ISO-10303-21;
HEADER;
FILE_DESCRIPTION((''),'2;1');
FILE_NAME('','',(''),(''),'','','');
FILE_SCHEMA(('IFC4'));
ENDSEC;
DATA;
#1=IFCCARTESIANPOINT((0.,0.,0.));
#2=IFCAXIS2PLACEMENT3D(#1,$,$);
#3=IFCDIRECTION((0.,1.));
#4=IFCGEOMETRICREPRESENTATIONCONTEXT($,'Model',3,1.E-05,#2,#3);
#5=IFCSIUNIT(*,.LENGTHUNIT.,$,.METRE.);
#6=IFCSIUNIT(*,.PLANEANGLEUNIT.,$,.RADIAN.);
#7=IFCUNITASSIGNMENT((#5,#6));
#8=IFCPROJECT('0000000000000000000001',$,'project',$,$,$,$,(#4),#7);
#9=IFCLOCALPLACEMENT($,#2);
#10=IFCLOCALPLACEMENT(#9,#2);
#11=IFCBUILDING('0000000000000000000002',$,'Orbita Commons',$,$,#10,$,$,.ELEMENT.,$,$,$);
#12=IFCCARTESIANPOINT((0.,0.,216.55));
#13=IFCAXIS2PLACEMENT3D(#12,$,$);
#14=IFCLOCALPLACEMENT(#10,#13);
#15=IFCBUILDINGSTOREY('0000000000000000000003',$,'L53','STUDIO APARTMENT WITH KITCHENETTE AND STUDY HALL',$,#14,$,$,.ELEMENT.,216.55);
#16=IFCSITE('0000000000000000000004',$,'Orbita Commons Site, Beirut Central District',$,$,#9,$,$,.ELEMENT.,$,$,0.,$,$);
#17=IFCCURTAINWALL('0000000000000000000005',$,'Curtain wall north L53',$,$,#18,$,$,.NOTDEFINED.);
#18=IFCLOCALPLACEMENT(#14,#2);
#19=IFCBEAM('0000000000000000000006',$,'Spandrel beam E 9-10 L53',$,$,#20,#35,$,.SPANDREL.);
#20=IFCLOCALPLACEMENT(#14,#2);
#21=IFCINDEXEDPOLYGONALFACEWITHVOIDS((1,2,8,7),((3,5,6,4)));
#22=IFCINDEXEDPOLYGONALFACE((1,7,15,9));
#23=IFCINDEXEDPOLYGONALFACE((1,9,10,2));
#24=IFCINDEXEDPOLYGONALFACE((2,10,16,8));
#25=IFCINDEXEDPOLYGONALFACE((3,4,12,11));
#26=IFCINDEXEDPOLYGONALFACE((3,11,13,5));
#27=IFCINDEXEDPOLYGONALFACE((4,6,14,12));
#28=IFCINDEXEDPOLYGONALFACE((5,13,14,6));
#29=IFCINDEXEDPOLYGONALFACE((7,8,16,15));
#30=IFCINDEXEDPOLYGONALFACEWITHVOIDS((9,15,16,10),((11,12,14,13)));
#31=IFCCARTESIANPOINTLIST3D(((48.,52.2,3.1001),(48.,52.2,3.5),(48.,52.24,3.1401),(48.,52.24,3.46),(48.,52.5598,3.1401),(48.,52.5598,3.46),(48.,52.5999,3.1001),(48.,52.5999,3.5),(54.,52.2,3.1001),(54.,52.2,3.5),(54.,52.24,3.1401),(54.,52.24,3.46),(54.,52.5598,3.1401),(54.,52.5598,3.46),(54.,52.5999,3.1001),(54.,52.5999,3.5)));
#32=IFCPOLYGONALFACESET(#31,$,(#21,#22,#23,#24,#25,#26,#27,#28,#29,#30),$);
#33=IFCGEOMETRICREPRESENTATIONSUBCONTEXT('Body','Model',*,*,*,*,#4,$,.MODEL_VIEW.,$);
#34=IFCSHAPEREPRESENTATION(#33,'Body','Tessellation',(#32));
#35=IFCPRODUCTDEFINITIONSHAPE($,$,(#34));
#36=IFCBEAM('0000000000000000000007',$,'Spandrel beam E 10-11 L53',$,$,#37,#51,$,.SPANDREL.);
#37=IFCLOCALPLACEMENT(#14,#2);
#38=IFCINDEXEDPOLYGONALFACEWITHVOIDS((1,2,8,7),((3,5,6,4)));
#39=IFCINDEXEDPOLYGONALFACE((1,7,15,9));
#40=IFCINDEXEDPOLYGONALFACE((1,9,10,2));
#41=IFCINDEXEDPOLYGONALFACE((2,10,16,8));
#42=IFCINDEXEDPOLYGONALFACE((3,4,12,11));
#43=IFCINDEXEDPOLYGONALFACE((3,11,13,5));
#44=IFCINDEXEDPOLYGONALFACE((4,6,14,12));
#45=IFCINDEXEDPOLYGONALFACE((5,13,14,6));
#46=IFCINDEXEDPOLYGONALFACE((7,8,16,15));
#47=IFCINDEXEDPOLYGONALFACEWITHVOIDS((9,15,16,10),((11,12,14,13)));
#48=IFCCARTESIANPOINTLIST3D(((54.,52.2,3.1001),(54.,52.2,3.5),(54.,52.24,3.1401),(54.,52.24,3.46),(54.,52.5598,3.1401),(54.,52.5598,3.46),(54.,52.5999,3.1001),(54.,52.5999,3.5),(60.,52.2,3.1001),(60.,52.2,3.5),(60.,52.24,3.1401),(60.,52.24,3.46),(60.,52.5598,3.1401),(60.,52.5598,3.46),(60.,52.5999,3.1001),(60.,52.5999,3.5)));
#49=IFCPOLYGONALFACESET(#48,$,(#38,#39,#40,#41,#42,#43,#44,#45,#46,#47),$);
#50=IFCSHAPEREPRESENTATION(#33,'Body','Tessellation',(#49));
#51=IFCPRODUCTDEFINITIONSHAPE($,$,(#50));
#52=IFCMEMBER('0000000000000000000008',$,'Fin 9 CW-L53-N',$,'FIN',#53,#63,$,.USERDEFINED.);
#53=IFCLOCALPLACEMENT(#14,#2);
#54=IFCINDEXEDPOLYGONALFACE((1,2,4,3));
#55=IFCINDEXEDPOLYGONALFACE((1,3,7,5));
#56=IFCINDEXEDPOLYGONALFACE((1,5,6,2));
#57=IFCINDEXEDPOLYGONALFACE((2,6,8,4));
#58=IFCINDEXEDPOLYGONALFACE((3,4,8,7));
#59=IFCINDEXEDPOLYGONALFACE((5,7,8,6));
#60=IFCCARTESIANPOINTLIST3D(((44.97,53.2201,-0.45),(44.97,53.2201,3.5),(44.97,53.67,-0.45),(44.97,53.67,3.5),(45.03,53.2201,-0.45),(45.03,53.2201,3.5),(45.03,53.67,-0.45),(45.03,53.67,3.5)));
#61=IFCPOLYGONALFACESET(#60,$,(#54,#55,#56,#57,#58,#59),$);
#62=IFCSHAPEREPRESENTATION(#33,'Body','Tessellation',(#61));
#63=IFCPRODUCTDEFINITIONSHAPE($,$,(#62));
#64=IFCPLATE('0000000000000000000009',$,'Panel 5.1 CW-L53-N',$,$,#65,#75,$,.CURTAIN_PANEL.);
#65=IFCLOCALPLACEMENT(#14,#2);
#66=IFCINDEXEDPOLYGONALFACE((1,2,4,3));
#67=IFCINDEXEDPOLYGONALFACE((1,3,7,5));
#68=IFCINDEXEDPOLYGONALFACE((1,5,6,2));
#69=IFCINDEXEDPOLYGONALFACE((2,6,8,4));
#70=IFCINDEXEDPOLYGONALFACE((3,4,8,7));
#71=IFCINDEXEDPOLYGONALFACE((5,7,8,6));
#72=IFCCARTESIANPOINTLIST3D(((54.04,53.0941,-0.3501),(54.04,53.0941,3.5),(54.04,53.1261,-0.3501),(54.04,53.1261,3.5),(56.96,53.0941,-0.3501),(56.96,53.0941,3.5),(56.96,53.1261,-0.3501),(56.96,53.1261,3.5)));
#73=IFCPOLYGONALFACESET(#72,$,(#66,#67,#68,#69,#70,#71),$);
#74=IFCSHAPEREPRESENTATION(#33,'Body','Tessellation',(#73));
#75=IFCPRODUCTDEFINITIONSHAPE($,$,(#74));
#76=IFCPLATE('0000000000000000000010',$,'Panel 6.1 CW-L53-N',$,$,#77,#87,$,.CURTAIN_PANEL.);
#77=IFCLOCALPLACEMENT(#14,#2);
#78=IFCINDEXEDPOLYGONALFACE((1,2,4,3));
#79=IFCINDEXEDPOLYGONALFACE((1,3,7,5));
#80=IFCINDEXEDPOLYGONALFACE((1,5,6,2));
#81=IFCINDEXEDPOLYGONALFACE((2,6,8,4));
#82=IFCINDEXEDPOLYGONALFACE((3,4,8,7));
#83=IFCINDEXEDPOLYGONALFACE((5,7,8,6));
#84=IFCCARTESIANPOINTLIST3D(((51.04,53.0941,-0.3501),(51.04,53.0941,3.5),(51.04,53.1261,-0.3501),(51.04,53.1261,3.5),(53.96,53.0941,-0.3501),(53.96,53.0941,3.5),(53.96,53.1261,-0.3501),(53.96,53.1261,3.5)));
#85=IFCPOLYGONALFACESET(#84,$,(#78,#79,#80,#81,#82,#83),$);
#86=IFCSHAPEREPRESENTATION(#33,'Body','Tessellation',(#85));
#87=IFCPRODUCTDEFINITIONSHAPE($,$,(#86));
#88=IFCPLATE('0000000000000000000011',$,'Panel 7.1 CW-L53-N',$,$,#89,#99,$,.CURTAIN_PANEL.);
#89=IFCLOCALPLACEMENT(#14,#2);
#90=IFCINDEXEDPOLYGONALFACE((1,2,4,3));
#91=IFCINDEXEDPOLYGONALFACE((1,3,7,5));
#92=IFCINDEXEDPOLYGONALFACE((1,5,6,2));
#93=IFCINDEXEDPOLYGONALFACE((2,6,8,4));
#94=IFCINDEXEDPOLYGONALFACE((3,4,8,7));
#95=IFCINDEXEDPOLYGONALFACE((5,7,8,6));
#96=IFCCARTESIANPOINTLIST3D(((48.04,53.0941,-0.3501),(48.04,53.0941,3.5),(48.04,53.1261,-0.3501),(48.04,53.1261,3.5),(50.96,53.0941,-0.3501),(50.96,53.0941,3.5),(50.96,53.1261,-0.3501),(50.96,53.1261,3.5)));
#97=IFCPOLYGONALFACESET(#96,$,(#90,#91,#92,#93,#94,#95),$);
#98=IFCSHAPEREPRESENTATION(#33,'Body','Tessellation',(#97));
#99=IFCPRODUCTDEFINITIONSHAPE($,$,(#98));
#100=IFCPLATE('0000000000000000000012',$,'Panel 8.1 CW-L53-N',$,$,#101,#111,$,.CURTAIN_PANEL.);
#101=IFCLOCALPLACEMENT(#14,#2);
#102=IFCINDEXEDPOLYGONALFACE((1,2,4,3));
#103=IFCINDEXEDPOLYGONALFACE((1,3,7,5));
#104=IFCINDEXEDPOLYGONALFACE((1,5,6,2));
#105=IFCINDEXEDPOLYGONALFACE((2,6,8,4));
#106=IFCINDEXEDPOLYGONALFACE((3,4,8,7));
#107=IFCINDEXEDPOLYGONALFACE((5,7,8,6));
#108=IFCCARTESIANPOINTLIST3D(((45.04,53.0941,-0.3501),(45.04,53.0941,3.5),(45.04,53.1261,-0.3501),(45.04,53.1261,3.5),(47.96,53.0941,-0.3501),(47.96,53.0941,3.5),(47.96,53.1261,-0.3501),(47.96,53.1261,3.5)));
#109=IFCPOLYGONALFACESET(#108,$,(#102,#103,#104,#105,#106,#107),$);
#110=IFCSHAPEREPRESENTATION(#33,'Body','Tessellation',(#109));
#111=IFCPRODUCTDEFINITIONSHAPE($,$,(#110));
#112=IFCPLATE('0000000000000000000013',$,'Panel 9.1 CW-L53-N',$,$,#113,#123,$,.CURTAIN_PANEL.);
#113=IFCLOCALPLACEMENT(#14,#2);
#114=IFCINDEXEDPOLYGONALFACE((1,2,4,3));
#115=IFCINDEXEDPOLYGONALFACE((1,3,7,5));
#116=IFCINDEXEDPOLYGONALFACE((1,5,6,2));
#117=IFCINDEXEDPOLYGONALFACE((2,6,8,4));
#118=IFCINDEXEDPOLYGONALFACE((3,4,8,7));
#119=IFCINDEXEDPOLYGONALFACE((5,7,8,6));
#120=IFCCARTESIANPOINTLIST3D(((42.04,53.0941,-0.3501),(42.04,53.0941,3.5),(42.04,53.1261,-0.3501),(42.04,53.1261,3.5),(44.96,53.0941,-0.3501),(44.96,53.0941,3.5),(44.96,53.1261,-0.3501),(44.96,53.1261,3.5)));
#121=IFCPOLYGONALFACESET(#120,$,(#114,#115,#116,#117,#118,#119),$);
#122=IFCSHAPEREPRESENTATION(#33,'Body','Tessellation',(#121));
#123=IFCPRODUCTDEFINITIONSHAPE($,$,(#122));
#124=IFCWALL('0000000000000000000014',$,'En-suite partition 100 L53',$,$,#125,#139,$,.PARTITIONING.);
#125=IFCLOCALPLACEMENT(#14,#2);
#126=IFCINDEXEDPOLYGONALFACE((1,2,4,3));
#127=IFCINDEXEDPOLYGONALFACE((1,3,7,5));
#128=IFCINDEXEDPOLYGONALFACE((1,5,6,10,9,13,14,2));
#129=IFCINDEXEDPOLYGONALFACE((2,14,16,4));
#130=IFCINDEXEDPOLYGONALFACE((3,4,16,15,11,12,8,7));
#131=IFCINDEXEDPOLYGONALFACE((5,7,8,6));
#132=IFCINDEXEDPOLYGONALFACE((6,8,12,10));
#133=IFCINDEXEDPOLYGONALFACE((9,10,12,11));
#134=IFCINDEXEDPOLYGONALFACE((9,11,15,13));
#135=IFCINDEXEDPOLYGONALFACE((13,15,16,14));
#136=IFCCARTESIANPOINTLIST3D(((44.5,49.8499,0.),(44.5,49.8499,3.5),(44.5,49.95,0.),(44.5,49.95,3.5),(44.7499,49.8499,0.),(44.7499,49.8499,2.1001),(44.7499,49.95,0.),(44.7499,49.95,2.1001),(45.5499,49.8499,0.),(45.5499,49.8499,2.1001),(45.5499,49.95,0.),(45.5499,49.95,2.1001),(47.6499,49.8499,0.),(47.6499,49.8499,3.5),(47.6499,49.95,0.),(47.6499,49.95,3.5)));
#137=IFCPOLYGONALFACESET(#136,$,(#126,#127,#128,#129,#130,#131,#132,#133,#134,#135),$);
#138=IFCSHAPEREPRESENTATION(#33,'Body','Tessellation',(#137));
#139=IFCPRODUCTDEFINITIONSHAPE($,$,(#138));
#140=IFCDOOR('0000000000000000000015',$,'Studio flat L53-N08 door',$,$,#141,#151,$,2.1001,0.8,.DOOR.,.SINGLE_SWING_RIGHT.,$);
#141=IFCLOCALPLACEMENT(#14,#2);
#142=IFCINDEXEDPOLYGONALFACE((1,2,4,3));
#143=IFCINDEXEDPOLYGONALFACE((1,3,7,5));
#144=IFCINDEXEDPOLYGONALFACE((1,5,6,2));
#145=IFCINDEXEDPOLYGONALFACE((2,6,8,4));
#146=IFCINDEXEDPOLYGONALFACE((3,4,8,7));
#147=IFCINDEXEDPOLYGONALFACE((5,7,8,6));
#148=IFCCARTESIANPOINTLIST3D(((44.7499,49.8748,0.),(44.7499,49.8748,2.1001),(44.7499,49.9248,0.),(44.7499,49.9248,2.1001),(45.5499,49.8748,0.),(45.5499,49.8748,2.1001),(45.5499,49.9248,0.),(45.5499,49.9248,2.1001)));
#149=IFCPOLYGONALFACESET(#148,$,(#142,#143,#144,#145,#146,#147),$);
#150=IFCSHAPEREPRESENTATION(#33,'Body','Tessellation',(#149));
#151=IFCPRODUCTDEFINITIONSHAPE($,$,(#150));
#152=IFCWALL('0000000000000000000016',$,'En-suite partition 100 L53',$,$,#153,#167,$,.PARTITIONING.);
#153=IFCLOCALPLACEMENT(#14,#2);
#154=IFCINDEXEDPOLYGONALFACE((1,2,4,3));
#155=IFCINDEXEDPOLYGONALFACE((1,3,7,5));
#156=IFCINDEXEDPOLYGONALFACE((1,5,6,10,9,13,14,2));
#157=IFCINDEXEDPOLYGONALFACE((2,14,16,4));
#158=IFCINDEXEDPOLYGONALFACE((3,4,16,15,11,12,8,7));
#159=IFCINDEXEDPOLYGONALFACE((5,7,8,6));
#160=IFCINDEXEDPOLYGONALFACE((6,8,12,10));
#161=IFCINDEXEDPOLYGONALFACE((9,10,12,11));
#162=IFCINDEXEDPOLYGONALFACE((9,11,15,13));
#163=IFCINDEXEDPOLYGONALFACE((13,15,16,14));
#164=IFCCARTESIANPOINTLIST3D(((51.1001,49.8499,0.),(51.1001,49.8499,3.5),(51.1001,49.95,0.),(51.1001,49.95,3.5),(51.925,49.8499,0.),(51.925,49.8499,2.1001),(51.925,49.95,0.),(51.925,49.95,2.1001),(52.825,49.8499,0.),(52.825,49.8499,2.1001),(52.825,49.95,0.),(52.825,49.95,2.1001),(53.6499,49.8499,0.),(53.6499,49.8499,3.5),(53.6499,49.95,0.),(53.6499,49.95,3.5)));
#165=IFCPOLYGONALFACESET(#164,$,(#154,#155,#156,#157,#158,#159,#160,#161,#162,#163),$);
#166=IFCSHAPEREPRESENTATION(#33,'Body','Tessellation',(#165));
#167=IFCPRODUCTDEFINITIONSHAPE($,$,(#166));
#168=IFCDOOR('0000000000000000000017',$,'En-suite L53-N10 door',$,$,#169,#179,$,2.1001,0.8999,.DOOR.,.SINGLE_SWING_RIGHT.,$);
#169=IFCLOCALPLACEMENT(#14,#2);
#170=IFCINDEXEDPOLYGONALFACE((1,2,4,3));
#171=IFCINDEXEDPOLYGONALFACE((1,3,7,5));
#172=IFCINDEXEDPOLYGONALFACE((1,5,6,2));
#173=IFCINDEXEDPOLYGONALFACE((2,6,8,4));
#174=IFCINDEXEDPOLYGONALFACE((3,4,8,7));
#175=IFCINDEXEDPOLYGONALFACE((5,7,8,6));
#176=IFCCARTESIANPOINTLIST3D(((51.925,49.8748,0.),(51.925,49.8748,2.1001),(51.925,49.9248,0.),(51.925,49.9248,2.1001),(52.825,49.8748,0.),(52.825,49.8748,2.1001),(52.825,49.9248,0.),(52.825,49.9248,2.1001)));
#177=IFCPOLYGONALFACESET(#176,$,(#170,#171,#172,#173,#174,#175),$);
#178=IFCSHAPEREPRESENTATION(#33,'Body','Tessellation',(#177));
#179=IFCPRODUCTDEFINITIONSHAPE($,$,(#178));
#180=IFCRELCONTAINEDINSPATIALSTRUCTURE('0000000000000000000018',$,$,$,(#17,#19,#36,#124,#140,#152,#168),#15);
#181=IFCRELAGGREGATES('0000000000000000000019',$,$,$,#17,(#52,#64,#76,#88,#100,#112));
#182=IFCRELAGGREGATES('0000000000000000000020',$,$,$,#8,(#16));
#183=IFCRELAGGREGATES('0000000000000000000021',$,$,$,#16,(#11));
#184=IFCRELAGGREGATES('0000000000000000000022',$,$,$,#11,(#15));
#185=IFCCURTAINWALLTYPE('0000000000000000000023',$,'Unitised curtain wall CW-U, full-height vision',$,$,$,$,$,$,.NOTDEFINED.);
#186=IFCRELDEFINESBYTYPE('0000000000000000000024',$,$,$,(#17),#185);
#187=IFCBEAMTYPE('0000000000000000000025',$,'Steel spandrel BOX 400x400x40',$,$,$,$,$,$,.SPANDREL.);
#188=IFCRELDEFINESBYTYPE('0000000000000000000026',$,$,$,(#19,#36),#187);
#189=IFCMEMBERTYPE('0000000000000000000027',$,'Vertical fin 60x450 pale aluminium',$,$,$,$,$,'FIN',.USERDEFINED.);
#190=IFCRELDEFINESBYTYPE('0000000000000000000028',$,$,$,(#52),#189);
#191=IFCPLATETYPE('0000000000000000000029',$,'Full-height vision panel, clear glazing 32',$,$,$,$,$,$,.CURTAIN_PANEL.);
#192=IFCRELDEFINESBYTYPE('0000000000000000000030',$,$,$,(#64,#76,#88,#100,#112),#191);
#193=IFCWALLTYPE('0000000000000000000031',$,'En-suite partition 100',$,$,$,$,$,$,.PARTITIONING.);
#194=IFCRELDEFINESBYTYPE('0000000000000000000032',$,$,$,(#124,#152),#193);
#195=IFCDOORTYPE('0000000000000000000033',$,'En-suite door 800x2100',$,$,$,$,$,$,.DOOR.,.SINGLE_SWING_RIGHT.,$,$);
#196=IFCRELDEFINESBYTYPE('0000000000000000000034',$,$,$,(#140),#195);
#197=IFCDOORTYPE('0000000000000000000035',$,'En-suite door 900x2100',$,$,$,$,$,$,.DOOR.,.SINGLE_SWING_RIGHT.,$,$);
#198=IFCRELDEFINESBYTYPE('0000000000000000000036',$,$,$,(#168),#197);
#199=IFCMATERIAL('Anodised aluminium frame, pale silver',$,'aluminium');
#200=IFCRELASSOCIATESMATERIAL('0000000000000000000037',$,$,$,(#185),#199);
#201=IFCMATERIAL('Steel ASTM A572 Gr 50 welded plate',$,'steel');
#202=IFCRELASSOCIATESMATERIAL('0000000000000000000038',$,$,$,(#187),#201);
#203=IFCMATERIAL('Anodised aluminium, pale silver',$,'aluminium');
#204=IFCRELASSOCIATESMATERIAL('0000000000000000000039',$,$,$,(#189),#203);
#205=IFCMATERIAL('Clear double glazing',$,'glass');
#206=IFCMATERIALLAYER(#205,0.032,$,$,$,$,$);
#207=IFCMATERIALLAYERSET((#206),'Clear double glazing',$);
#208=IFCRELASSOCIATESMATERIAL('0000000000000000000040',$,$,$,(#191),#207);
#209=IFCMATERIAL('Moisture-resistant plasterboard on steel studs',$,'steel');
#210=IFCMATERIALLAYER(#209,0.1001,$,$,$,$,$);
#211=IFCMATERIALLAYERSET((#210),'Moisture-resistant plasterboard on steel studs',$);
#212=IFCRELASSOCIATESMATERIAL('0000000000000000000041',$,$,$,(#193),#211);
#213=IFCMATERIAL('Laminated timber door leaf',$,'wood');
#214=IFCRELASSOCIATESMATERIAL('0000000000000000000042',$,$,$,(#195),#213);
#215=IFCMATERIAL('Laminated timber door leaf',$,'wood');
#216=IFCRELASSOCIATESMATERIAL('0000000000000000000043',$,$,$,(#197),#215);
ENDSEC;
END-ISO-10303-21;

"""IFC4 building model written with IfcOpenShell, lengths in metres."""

from ifc_helpers import new_model, si_unit, direction, frame, frame_2d, origin, origin_2d, place, context, subcontext, project, spatial, rectangle, hollow_rectangle, extrude, material, layer, layer_set, material_profile, profile_set, type_object, element, fill, aggregate, save


model = new_model("IFC4")

# Units and contexts
model_context = context("Model", 3, precision=1e-05, world=origin(), true_north=direction((0.0, 1.0)))
body_context = subcontext(model_context, "Body", "Model", "MODEL_VIEW")
ifc_project = project(units=[si_unit("LENGTHUNIT", "METRE"), si_unit("PLANEANGLEUNIT", "RADIAN")], contexts=[model_context])

# Site, building, storey
site_placement = place(None, origin())
site = spatial("IfcSite", under=ifc_project, at=site_placement, Name="Orbita Commons Site, Beirut Central District", CompositionType="ELEMENT", RefElevation=0.0)
building_placement = place(site_placement, origin())
building = spatial("IfcBuilding", under=site, at=building_placement, Name="Orbita Commons", CompositionType="ELEMENT")
storey_placement = place(building_placement, frame((0.0, 0.0, 216.55)))
storey = spatial("IfcBuildingStorey", under=building, at=storey_placement, Name="L53", Description="STUDIO APARTMENT WITH KITCHENETTE AND STUDY HALL", CompositionType="ELEMENT", Elevation=216.55)

# Curtain wall
ifc_material_1 = material(Name="Anodised aluminium frame, pale silver", Category="aluminium")
curtain_wall_type = type_object("IfcCurtainWallType", Name="Unitised curtain wall CW-U, full-height vision", PredefinedType="NOTDEFINED", material=ifc_material_1)
curtain_wall_placement = place(storey_placement, origin())
curtain_wall = element("IfcCurtainWall", 1, at=curtain_wall_placement, inside=storey, type_object=curtain_wall_type, Name="Curtain wall north L53", PredefinedType="NOTDEFINED")

# Beams
ifc_material_2 = material(Name="Steel ASTM A572 Gr 50 welded plate", Category="steel")
ifc_material_profile_1 = material_profile(ifc_material_2, hollow_rectangle(XDim=0.3999, YDim=0.3999, WallThickness=0.04, at=origin_2d()), Name="BOX 400x400x40")
ifc_profile_set_1 = profile_set([ifc_material_profile_1], Name="Steel ASTM A572 Gr 50 welded plate")
beam_type = type_object("IfcBeamType", Name="Steel spandrel BOX 400x400x40", PredefinedType="SPANDREL", material=ifc_profile_set_1)
for number, where, z_axis, x_axis, name in (
    (2, (48.0, 52.3999, 3.3), (1.0, 0.0, 0.0), (0.0, 1.0, 0.0), "Spandrel beam E 9-10 L53"),
    (3, (54.0, 52.3999, 3.3), (1.0, 0.0, 0.0), (0.0, 1.0, 0.0), "Spandrel beam E 10-11 L53"),
):
    element("IfcBeam", number, at=place(storey_placement, frame(where, z_axis=z_axis, x_axis=x_axis)), inside=storey, type_object=beam_type, Name=name, PredefinedType="SPANDREL", context=body_context, shape_type="SweptSolid", body=[
        extrude(hollow_rectangle(XDim=0.3999, YDim=0.3999, WallThickness=0.04, at=origin_2d()), origin(), (0.0, 0.0, 1.0), 6.0),
    ])

# Member
ifc_material_3 = material(Name="Anodised aluminium, pale silver", Category="aluminium")
ifc_material_profile_2 = material_profile(ifc_material_3, rectangle(XDim=0.0601, YDim=0.45, at=origin_2d()), Name="FIN 60x450")
ifc_profile_set_2 = profile_set([ifc_material_profile_2], Name="Anodised aluminium, pale silver")
member_type_1 = type_object("IfcMemberType", Name="Vertical fin 60x450 pale aluminium", ElementType="FIN", PredefinedType="USERDEFINED", material=ifc_profile_set_2)
member_1_placement = place(storey_placement, frame((45.0, 53.4451, -0.45), z_axis=(0.0, 0.0, 1.0), x_axis=(-1.0, 0.0, 0.0)))
member_1 = element("IfcMember", 4, at=member_1_placement, type_object=member_type_1, Name="Fin 9 CW-L53-N", ObjectType="FIN", PredefinedType="USERDEFINED", context=body_context, shape_type="SweptSolid", body=[
    extrude(rectangle(XDim=0.0601, YDim=0.45, at=origin_2d()), origin(), (0.0, 0.0, 1.0), 3.95),
])

# Plates
ifc_material_4 = material(Name="Clear double glazing", Category="glass")
ifc_layer_1 = layer(ifc_material_4, 0.032)
ifc_layer_set_1 = layer_set([ifc_layer_1], Name="Clear double glazing")
plate_type = type_object("IfcPlateType", Name="Full-height vision panel, clear glazing 32", PredefinedType="CURTAIN_PANEL", material=ifc_layer_set_1)
plate_1_placement = place(storey_placement, frame((55.5, 53.1101, -0.3501), z_axis=(0.0, 0.0, 1.0), x_axis=(-1.0, 0.0, 0.0)))
plate_1 = element("IfcPlate", 5, at=plate_1_placement, type_object=plate_type, Name="Panel 5.1 CW-L53-N", PredefinedType="CURTAIN_PANEL", context=body_context, shape_type="SweptSolid", body=[
    extrude(rectangle(XDim=2.9199, YDim=0.032, at=origin_2d()), origin(), (0.0, 0.0, 1.0), 3.8501),
])
plate_2_placement = place(storey_placement, frame((52.5, 53.1101, -0.3501), z_axis=(0.0, 0.0, 1.0), x_axis=(-1.0, 0.0, 0.0)))
plate_2 = element("IfcPlate", 6, at=plate_2_placement, type_object=plate_type, Name="Panel 6.1 CW-L53-N", PredefinedType="CURTAIN_PANEL", context=body_context, shape_type="SweptSolid", body=[
    extrude(rectangle(XDim=2.9199, YDim=0.032, at=origin_2d()), origin(), (0.0, 0.0, 1.0), 3.8501),
])
plate_3_placement = place(storey_placement, frame((49.5, 53.1101, -0.3501), z_axis=(0.0, 0.0, 1.0), x_axis=(-1.0, 0.0, 0.0)))
plate_3 = element("IfcPlate", 7, at=plate_3_placement, type_object=plate_type, Name="Panel 7.1 CW-L53-N", PredefinedType="CURTAIN_PANEL", context=body_context, shape_type="SweptSolid", body=[
    extrude(rectangle(XDim=2.9199, YDim=0.032, at=origin_2d()), origin(), (0.0, 0.0, 1.0), 3.8501),
])
plate_4_placement = place(storey_placement, frame((46.5, 53.1101, -0.3501), z_axis=(0.0, 0.0, 1.0), x_axis=(-1.0, 0.0, 0.0)))
plate_4 = element("IfcPlate", 8, at=plate_4_placement, type_object=plate_type, Name="Panel 8.1 CW-L53-N", PredefinedType="CURTAIN_PANEL", context=body_context, shape_type="SweptSolid", body=[
    extrude(rectangle(XDim=2.9199, YDim=0.032, at=origin_2d()), origin(), (0.0, 0.0, 1.0), 3.8501),
])
plate_5_placement = place(storey_placement, frame((43.5, 53.1101, -0.3501), z_axis=(0.0, 0.0, 1.0), x_axis=(-1.0, 0.0, 0.0)))
plate_5 = element("IfcPlate", 9, at=plate_5_placement, type_object=plate_type, Name="Panel 9.1 CW-L53-N", PredefinedType="CURTAIN_PANEL", context=body_context, shape_type="SweptSolid", body=[
    extrude(rectangle(XDim=2.9199, YDim=0.032, at=origin_2d()), origin(), (0.0, 0.0, 1.0), 3.8501),
])
aggregate(curtain_wall, [member_1, plate_1, plate_2, plate_3, plate_4, plate_5])

# Walls, openings, doors
ifc_material_5 = material(Name="Moisture-resistant plasterboard on steel studs", Category="steel")
ifc_layer_2 = layer(ifc_material_5, 0.1001)
ifc_layer_set_2 = layer_set([ifc_layer_2], Name="Moisture-resistant plasterboard on steel studs")
wall_type_1 = type_object("IfcWallType", Name="En-suite partition 100", PredefinedType="PARTITIONING", material=ifc_layer_set_2)
wall_1_placement = place(storey_placement, frame((44.5, 49.8999, 0.0), z_axis=(0.0, 0.0, 1.0), x_axis=(1.0, 0.0, 0.0)))
wall_1 = element("IfcWall", 10, at=wall_1_placement, inside=storey, type_object=wall_type_1, Name="En-suite partition 100 L53", PredefinedType="PARTITIONING", context=body_context, shape_type="SweptSolid", body=[
    extrude(rectangle(XDim=3.1499, YDim=0.1001, at=frame_2d((1.575, 0.0))), origin(), (0.0, 0.0, 1.0), 3.5),
])
opening_1_placement = place(wall_1_placement, frame((0.25, 0.0, 0.0)))
opening_1 = element("IfcOpeningElement", 11, at=opening_1_placement, cuts=wall_1, PredefinedType="OPENING", context=body_context, shape_type="SweptSolid", body=[
    extrude(rectangle(XDim=0.8, YDim=2.1001, at=frame_2d((0.3999, 1.05))), frame((0.0, 0.0601, 0.0), z_axis=(0.0, -1.0, 0.0), x_axis=(1.0, 0.0, 0.0)), (0.0, 0.0, 1.0), 0.1201),
])
ifc_material_6 = material(Name="Laminated timber door leaf", Category="wood")
door_type_1 = type_object("IfcDoorType", Name="En-suite door 800x2100", OperationType="SINGLE_SWING_RIGHT", PredefinedType="DOOR", material=ifc_material_6)
door_1_placement = place(opening_1_placement, origin())
door_1 = element("IfcDoor", 12, at=door_1_placement, inside=storey, type_object=door_type_1, Name="Studio flat L53-N08 door", OperationType="SINGLE_SWING_RIGHT", OverallHeight=2.1001, OverallWidth=0.8, PredefinedType="DOOR", context=body_context, shape_type="SweptSolid", body=[
    extrude(rectangle(XDim=0.8, YDim=2.1001, at=frame_2d((0.3999, 1.05))), frame((0.0, 0.0249, 0.0), z_axis=(0.0, -1.0, 0.0), x_axis=(1.0, 0.0, 0.0)), (0.0, 0.0, 1.0), 0.05),
])
fill(opening_1, door_1)
wall_2_placement = place(storey_placement, frame((51.1001, 49.8999, 0.0), z_axis=(0.0, 0.0, 1.0), x_axis=(1.0, 0.0, 0.0)))
wall_2 = element("IfcWall", 13, at=wall_2_placement, inside=storey, type_object=wall_type_1, Name="En-suite partition 100 L53", PredefinedType="PARTITIONING", context=body_context, shape_type="SweptSolid", body=[
    extrude(rectangle(XDim=2.5498, YDim=0.1001, at=frame_2d((1.2749, 0.0))), origin(), (0.0, 0.0, 1.0), 3.5),
])
opening_2_placement = place(wall_2_placement, frame((0.825, 0.0, 0.0)))
opening_2 = element("IfcOpeningElement", 14, at=opening_2_placement, cuts=wall_2, PredefinedType="OPENING", context=body_context, shape_type="SweptSolid", body=[
    extrude(rectangle(XDim=0.8999, YDim=2.1001, at=frame_2d((0.45, 1.05))), frame((0.0, 0.0601, 0.0), z_axis=(0.0, -1.0, 0.0), x_axis=(1.0, 0.0, 0.0)), (0.0, 0.0, 1.0), 0.1201),
])
ifc_material_7 = material(Name="Laminated timber door leaf", Category="wood")
door_type_2 = type_object("IfcDoorType", Name="En-suite door 900x2100", OperationType="SINGLE_SWING_RIGHT", PredefinedType="DOOR", material=ifc_material_7)
door_2_placement = place(opening_2_placement, origin())
door_2 = element("IfcDoor", 15, at=door_2_placement, inside=storey, type_object=door_type_2, Name="En-suite L53-N10 door", OperationType="SINGLE_SWING_RIGHT", OverallHeight=2.1001, OverallWidth=0.8999, PredefinedType="DOOR", context=body_context, shape_type="SweptSolid", body=[
    extrude(rectangle(XDim=0.8999, YDim=2.1001, at=frame_2d((0.45, 1.05))), frame((0.0, 0.0249, 0.0), z_axis=(0.0, -1.0, 0.0), x_axis=(1.0, 0.0, 0.0)), (0.0, 0.0, 1.0), 0.05),
])
fill(opening_2, door_2)

save(model, "model.ifc")
